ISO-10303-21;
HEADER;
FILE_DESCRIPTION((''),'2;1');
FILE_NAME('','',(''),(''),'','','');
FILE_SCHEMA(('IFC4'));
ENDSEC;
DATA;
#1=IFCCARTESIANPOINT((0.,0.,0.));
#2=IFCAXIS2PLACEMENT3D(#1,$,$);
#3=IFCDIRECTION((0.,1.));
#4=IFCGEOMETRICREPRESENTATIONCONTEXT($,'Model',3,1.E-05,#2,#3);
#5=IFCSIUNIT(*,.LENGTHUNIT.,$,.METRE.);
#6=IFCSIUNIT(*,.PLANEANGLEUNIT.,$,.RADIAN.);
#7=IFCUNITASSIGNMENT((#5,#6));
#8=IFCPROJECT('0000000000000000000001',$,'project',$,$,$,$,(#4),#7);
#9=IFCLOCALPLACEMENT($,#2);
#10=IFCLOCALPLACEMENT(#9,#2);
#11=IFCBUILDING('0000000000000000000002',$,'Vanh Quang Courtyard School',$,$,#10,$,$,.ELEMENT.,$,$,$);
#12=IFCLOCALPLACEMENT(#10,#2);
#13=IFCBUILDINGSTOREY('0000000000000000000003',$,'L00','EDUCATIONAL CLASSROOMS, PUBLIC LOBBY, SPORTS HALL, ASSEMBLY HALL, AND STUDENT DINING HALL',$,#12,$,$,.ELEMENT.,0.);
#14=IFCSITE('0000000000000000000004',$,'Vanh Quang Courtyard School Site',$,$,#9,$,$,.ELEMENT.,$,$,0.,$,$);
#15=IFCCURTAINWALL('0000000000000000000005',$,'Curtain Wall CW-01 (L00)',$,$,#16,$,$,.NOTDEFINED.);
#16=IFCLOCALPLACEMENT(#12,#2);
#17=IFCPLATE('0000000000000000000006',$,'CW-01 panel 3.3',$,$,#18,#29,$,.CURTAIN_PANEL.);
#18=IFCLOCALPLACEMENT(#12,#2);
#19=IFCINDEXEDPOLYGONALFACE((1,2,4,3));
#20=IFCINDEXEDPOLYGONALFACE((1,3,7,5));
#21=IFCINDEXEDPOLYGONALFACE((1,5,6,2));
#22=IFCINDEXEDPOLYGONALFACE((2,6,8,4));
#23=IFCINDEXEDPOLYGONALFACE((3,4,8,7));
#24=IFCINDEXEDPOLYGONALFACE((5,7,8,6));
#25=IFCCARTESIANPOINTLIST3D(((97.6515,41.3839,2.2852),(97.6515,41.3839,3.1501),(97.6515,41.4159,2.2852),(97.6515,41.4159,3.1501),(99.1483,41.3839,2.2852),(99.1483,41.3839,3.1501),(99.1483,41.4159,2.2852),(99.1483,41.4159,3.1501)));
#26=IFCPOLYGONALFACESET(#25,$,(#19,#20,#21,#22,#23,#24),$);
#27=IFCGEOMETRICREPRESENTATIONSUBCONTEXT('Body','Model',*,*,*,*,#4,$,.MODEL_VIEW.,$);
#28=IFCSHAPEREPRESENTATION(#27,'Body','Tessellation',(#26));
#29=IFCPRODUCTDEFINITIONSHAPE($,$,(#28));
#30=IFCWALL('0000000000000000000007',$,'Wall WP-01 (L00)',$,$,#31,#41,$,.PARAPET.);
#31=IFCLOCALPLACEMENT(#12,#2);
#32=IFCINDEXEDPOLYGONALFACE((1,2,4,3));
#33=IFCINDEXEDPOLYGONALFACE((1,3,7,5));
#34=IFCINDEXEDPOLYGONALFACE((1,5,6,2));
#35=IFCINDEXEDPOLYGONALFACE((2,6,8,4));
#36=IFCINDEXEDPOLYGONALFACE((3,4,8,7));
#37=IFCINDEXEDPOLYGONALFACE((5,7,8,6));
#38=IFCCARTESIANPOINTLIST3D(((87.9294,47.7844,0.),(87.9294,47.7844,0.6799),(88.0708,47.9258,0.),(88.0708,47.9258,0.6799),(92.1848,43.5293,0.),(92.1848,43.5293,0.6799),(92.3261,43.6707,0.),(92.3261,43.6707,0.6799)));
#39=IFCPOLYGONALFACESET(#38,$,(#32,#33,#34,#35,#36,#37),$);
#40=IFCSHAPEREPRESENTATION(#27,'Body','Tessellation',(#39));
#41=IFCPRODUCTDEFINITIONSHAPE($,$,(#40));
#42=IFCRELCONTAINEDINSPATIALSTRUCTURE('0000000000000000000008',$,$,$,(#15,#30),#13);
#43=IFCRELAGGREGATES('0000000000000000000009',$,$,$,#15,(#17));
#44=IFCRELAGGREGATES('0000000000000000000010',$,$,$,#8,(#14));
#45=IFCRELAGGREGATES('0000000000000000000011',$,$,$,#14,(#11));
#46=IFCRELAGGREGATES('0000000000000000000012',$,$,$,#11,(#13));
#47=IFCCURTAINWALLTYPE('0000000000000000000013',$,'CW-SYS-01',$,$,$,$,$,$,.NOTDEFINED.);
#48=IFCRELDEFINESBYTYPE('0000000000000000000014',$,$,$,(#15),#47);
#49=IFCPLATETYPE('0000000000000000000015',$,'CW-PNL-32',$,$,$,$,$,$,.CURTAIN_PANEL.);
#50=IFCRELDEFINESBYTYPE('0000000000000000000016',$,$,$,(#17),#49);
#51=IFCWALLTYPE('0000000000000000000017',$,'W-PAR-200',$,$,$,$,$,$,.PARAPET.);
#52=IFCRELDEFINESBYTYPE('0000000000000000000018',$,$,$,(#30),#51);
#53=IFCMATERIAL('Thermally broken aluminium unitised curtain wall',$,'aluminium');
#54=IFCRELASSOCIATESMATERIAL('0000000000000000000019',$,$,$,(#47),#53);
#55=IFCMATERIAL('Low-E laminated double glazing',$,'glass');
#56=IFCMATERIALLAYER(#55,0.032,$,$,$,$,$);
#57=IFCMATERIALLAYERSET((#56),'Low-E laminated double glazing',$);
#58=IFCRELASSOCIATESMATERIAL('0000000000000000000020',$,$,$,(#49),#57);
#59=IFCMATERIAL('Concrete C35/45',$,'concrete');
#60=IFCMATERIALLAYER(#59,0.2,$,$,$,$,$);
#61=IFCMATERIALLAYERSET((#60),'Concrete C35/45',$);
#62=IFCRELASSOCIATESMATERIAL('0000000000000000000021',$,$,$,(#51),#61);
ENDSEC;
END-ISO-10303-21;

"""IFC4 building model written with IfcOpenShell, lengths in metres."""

from ifc_helpers import new_model, si_unit, direction, frame, frame_2d, origin, origin_2d, place, context, subcontext, project, spatial, rectangle, extrude, material, layer, layer_set, type_object, element, aggregate, save


model = new_model("IFC4")

# Units and contexts
model_context = context("Model", 3, precision=1e-05, world=origin(), true_north=direction((0.0, 1.0)))
body_context = subcontext(model_context, "Body", "Model", "MODEL_VIEW")
ifc_project = project(units=[si_unit("LENGTHUNIT", "METRE"), si_unit("PLANEANGLEUNIT", "RADIAN")], contexts=[model_context])

# Site, building, storey
site_placement = place(None, origin())
site = spatial("IfcSite", under=ifc_project, at=site_placement, Name="Vanh Quang Courtyard School Site", CompositionType="ELEMENT", RefElevation=0.0)
building_placement = place(site_placement, origin())
building = spatial("IfcBuilding", under=site, at=building_placement, Name="Vanh Quang Courtyard School", CompositionType="ELEMENT")
storey_placement = place(building_placement, origin())
storey = spatial("IfcBuildingStorey", under=building, at=storey_placement, Name="L00", Description="EDUCATIONAL CLASSROOMS, PUBLIC LOBBY, SPORTS HALL, ASSEMBLY HALL, AND STUDENT DINING HALL", CompositionType="ELEMENT", Elevation=0.0)

# Shared definitions
ifc_material_1 = material(Name="Concrete C35/45", Category="concrete")

# Curtain wall, plate
ifc_material_2 = material(Name="Thermally broken aluminium unitised curtain wall", Category="aluminium")
curtain_wall_type = type_object("IfcCurtainWallType", Name="CW-SYS-01", PredefinedType="NOTDEFINED", material=ifc_material_2)
curtain_wall_placement = place(storey_placement, origin())
curtain_wall = element("IfcCurtainWall", 1, at=curtain_wall_placement, inside=storey, type_object=curtain_wall_type, Name="Curtain Wall CW-01 (L00)", PredefinedType="NOTDEFINED")
ifc_material_3 = material(Name="Low-E laminated double glazing", Category="glass")
ifc_layer_1 = layer(ifc_material_3, 0.032)
ifc_layer_set_1 = layer_set([ifc_layer_1], Name="Low-E laminated double glazing")
plate_type = type_object("IfcPlateType", Name="CW-PNL-32", PredefinedType="CURTAIN_PANEL", material=ifc_layer_set_1)
plate_1_placement = place(storey_placement, frame((98.3999, 41.3999, 2.2852), z_axis=(0.0, 0.0, 1.0), x_axis=(1.0, 0.0, 0.0)))
plate_1 = element("IfcPlate", 2, at=plate_1_placement, type_object=plate_type, Name="CW-01 panel 3.3", PredefinedType="CURTAIN_PANEL", context=body_context, shape_type="SweptSolid", body=[
    extrude(rectangle(XDim=1.4968, YDim=0.032, at=origin_2d()), origin(), (0.0, 0.0, 1.0), 0.865),
])
aggregate(curtain_wall, [plate_1])

# Wall
ifc_layer_2 = layer(ifc_material_1, 0.2)
ifc_layer_set_2 = layer_set([ifc_layer_2], Name="Concrete C35/45")
wall_type = type_object("IfcWallType", Name="W-PAR-200", PredefinedType="PARAPET", material=ifc_layer_set_2)
wall_placement = place(storey_placement, frame((92.2554, 43.6001, 0.0), z_axis=(0.0, 0.0, 1.0), x_axis=(-0.707127, 0.707086, 0.0)))
element("IfcWall", 3, at=wall_placement, inside=storey, type_object=wall_type, Name="Wall WP-01 (L00)", PredefinedType="PARAPET", context=body_context, shape_type="SweptSolid", body=[
    extrude(rectangle(XDim=6.0178, YDim=0.2, at=frame_2d((3.0088, 0.0))), origin(), (0.0, 0.0, 1.0), 0.6799),
])

save(model, "model.ifc")
